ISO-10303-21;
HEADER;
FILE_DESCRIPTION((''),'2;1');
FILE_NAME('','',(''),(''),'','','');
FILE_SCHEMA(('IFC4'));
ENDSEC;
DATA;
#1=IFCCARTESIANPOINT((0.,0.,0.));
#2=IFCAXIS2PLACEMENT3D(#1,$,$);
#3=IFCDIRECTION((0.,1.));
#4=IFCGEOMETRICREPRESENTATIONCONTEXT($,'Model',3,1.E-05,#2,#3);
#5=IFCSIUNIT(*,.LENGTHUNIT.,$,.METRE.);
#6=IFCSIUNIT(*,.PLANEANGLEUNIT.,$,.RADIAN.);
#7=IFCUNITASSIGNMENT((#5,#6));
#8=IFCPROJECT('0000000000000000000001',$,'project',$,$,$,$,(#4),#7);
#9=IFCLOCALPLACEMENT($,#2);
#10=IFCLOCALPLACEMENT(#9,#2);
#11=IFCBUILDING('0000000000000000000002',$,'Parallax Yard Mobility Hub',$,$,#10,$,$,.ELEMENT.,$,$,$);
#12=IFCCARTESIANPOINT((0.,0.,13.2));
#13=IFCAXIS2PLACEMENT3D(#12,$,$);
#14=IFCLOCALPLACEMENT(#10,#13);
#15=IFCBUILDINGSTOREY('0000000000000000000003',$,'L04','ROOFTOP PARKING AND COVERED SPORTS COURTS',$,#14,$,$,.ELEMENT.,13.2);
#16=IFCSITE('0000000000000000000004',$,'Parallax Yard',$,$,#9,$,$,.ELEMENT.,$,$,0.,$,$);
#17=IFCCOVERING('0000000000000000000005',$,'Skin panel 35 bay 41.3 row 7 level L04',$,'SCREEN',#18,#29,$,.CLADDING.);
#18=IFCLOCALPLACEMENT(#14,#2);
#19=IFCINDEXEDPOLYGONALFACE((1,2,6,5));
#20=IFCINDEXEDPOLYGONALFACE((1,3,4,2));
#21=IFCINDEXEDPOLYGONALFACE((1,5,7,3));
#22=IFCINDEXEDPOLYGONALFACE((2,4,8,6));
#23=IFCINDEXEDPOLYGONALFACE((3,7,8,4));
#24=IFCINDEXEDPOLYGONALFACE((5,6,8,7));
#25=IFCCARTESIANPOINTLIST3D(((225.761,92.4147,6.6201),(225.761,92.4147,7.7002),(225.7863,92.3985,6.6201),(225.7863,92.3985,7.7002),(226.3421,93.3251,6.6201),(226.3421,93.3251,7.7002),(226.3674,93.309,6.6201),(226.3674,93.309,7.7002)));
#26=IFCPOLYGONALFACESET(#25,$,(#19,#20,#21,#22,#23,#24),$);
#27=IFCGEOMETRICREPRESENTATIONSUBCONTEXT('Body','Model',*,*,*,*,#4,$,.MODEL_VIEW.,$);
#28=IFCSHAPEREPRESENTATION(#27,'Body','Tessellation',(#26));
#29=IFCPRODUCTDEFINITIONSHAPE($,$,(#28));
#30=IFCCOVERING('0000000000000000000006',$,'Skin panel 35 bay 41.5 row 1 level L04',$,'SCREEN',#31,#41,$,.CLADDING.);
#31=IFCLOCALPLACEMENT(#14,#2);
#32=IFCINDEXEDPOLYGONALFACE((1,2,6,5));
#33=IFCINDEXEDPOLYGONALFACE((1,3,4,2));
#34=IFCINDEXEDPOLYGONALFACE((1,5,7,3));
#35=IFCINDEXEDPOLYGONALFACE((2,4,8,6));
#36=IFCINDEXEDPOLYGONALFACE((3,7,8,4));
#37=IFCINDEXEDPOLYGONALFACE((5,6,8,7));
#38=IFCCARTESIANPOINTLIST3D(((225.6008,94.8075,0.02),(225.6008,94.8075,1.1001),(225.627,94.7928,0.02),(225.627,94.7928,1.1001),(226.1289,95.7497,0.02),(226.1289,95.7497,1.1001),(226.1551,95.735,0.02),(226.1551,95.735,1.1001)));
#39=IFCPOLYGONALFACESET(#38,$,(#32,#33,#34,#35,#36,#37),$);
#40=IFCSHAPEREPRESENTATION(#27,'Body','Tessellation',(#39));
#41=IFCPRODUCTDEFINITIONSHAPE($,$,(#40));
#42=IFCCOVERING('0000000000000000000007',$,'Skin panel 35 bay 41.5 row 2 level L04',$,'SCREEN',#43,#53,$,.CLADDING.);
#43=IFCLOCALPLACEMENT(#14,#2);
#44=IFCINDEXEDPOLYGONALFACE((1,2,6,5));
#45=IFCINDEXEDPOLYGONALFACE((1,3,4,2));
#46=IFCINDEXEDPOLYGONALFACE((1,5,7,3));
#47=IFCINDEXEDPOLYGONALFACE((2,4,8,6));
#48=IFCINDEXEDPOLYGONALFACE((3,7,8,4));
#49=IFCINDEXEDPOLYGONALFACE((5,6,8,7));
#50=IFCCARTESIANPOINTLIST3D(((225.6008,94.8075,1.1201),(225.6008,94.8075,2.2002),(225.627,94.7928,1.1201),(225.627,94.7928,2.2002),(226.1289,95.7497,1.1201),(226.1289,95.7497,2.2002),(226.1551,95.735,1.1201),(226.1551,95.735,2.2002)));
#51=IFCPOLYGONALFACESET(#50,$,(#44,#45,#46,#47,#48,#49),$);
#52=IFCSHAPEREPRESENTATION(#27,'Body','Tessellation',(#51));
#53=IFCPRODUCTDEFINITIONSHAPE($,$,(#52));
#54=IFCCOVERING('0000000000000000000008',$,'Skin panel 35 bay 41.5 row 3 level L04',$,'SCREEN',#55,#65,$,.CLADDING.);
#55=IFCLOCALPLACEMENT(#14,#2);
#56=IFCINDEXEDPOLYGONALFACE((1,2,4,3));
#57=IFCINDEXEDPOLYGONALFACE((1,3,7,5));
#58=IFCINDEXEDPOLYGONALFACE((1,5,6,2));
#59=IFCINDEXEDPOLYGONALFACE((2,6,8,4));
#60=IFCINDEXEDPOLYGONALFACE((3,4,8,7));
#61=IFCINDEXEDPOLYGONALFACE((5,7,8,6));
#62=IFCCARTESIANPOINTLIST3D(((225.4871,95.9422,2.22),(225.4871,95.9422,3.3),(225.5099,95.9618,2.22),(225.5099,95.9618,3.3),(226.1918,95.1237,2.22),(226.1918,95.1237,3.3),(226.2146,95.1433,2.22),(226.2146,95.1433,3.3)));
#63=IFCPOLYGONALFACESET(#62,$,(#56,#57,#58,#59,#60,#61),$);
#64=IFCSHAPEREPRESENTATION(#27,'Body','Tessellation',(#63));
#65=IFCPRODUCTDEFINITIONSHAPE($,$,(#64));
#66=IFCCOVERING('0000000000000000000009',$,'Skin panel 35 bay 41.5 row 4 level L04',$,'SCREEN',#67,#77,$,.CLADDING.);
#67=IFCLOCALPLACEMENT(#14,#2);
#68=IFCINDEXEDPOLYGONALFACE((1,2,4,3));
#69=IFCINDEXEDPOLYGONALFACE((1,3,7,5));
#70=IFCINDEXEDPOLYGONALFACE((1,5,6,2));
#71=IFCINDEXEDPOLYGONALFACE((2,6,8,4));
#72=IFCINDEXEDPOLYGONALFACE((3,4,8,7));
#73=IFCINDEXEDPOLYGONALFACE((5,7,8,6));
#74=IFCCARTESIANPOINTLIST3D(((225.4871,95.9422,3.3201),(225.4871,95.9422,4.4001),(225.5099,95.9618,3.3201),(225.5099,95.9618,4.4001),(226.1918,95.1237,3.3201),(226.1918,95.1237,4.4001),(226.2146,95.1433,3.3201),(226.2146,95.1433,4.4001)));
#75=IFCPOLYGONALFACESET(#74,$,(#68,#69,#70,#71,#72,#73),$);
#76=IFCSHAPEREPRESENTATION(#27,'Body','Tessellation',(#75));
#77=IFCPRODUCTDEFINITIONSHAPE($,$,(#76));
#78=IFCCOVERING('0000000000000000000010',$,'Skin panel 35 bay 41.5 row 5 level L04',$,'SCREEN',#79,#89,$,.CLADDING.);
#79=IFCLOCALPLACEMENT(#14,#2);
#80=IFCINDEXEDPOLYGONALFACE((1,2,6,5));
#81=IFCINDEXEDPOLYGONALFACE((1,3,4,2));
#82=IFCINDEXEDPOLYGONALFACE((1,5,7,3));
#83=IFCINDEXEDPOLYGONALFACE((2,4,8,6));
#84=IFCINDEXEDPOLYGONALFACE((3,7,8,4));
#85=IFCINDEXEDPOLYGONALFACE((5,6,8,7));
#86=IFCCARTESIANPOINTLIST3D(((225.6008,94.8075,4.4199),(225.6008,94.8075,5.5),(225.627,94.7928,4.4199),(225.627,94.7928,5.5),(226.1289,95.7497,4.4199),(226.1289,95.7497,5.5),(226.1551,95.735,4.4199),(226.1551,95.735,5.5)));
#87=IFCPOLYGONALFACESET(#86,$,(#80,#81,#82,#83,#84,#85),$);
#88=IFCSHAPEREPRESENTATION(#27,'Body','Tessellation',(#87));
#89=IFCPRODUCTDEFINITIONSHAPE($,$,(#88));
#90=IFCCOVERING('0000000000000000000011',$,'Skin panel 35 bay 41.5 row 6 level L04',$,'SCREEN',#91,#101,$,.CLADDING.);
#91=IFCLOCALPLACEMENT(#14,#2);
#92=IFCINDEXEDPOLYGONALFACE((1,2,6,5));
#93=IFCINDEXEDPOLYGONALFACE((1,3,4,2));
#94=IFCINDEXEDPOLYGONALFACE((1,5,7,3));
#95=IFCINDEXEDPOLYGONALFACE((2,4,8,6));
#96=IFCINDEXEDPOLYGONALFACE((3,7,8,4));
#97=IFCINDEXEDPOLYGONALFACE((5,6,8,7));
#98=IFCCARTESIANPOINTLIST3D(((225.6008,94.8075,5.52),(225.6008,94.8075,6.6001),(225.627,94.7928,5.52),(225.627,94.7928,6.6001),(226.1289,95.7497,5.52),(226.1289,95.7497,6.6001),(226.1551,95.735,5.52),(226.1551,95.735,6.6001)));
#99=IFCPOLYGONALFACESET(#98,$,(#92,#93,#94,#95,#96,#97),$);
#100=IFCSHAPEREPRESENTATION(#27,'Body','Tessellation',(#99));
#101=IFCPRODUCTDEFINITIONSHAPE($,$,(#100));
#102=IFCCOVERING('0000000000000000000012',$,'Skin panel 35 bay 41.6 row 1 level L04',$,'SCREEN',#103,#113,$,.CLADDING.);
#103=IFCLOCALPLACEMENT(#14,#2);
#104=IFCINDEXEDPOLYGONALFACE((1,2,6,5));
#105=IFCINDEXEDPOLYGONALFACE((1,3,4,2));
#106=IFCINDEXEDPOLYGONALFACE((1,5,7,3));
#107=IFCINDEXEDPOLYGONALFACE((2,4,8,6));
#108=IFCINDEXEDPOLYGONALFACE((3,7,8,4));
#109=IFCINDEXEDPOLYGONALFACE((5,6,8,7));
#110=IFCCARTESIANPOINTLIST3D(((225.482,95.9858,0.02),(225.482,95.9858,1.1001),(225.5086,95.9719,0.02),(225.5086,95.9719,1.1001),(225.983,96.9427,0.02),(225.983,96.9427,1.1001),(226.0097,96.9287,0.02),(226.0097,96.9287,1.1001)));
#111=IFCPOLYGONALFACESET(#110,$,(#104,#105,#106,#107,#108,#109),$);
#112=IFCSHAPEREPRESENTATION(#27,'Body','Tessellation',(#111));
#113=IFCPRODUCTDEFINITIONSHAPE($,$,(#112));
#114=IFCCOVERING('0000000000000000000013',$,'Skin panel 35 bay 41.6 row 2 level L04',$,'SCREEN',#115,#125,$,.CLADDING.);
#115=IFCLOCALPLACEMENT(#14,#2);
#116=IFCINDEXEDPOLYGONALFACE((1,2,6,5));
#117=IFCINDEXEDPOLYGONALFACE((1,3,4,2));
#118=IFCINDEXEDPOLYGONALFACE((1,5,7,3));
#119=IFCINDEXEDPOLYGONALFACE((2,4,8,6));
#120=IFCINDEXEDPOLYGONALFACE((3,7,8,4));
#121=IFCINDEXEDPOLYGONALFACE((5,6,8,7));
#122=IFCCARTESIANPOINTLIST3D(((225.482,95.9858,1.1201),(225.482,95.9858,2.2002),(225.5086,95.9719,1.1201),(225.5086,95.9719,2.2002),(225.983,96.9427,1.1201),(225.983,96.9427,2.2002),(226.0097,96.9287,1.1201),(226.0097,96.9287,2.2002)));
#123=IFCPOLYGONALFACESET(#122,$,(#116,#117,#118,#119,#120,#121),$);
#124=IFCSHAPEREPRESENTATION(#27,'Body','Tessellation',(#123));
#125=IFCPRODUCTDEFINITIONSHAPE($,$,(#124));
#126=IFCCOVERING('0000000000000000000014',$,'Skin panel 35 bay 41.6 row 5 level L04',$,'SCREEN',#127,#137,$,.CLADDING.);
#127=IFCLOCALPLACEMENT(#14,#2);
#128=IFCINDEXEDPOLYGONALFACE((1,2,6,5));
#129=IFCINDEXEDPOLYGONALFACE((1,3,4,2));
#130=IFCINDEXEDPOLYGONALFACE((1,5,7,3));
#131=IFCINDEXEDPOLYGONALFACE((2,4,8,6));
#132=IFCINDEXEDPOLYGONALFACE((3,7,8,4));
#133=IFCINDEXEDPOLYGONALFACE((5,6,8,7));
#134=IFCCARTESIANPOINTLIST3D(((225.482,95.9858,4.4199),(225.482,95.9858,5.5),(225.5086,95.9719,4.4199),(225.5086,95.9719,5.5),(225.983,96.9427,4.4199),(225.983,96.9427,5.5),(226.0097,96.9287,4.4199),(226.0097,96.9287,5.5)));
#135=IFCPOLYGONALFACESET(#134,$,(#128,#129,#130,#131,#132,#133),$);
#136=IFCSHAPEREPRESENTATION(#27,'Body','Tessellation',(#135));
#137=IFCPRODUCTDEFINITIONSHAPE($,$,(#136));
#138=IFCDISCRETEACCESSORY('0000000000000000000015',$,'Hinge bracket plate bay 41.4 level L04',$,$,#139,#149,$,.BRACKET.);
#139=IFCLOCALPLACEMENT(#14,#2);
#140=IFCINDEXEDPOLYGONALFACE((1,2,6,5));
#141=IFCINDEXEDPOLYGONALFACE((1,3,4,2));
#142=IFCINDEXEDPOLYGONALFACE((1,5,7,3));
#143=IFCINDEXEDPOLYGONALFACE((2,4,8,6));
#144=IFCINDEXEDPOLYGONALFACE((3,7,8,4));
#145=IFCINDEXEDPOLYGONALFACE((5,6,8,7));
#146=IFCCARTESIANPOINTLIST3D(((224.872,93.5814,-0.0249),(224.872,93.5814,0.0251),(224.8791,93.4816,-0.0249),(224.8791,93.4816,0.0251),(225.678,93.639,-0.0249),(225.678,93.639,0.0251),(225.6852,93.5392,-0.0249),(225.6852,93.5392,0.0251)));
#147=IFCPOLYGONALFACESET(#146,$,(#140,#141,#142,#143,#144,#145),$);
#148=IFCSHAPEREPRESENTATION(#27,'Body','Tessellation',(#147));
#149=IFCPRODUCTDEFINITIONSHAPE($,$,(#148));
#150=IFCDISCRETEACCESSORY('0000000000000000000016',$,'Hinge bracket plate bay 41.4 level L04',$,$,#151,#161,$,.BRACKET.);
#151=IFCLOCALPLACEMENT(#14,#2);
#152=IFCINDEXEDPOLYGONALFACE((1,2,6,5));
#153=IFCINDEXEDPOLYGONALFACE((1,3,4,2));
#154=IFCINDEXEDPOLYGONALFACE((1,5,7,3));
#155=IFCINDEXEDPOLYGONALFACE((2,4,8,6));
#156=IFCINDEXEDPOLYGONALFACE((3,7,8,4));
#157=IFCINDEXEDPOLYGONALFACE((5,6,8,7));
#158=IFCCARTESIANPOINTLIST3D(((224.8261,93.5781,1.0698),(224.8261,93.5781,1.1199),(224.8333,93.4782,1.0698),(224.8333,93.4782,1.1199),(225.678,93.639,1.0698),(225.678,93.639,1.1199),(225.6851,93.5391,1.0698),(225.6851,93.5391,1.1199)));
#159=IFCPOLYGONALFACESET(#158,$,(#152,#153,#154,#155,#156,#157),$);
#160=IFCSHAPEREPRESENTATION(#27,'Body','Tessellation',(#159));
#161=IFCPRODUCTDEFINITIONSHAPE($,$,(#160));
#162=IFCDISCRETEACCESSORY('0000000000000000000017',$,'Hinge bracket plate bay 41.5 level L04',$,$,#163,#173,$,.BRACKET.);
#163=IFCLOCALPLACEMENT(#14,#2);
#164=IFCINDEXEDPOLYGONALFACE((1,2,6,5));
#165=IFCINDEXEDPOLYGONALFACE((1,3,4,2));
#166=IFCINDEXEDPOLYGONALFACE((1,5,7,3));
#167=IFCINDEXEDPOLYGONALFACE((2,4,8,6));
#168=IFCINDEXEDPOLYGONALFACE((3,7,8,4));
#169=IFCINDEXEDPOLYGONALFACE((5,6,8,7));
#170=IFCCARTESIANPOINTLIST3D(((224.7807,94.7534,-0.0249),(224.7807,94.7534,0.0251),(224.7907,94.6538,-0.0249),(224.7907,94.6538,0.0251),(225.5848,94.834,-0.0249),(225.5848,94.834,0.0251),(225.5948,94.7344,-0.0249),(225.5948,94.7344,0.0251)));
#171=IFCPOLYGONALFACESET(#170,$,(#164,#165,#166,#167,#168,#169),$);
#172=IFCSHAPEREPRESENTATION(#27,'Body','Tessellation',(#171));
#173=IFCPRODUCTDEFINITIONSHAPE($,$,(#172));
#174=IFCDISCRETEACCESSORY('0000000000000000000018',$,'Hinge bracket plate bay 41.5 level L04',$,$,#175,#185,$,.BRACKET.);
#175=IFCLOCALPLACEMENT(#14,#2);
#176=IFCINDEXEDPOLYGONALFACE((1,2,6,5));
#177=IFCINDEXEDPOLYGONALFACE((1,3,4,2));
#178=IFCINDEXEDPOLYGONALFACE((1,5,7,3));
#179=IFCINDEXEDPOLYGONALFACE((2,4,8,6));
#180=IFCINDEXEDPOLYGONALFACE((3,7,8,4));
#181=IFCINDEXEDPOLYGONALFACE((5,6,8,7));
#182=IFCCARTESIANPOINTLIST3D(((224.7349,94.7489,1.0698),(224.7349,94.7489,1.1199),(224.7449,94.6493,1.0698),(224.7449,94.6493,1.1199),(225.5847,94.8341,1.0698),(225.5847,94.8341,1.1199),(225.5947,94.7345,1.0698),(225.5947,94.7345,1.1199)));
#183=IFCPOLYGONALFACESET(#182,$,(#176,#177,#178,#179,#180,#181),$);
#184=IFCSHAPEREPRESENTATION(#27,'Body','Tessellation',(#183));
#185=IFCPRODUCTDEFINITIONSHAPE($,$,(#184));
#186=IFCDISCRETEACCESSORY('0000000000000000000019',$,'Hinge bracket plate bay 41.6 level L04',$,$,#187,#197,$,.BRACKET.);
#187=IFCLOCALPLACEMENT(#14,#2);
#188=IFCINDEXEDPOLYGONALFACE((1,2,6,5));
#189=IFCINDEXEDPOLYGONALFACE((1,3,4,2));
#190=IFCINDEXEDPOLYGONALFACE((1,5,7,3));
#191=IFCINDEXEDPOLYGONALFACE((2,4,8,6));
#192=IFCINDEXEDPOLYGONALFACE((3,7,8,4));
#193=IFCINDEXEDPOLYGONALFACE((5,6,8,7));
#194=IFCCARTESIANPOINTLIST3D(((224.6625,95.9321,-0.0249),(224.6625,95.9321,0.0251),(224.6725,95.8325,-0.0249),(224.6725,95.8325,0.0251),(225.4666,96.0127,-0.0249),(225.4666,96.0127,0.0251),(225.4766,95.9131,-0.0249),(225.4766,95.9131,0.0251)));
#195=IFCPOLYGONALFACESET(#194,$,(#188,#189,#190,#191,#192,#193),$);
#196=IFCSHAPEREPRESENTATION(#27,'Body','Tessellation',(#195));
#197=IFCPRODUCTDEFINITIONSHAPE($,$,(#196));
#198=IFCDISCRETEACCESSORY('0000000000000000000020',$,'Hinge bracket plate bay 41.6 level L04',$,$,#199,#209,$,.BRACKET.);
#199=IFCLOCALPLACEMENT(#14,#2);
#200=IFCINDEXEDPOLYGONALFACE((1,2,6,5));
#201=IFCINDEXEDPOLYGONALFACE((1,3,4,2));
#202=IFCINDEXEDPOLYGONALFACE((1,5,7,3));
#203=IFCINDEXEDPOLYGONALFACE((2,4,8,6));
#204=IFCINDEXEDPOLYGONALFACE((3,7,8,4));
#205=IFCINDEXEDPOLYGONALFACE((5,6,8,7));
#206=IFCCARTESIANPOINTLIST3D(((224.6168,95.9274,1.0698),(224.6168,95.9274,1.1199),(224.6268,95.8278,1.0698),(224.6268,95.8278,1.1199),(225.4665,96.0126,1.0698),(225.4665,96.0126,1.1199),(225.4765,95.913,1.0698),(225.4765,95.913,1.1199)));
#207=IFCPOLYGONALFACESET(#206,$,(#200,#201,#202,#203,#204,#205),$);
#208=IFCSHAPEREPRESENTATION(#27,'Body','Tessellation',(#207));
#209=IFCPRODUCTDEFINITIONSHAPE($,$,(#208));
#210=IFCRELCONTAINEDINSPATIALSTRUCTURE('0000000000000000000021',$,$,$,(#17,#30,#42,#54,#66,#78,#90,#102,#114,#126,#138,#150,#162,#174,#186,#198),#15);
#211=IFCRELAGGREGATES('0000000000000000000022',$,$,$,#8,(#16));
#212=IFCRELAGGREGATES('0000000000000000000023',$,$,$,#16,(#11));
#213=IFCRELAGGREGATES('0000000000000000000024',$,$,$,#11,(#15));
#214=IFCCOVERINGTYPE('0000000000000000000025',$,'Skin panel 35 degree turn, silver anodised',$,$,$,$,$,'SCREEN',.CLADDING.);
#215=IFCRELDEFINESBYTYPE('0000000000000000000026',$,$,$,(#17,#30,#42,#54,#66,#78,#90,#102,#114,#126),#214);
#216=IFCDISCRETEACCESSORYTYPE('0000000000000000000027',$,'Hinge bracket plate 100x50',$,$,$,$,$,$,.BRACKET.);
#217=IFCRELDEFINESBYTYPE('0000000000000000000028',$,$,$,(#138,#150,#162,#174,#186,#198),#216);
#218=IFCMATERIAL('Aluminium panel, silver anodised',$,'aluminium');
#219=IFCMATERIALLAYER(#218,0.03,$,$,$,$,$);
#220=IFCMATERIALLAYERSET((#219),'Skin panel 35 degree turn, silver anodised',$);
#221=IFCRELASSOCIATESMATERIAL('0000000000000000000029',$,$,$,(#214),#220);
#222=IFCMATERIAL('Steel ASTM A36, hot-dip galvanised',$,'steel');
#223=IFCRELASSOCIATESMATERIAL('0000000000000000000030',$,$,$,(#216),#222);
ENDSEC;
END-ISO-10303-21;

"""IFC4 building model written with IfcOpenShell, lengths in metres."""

from ifc_helpers import new_model, si_unit, direction, frame, origin, origin_2d, place, context, subcontext, project, spatial, rectangle, extrude, material, layer, layer_set, type_object, element, save


model = new_model("IFC4")

# Units and contexts
model_context = context("Model", 3, precision=1e-05, world=origin(), true_north=direction((0.0, 1.0)))
body_context = subcontext(model_context, "Body", "Model", "MODEL_VIEW")
ifc_project = project(units=[si_unit("LENGTHUNIT", "METRE"), si_unit("PLANEANGLEUNIT", "RADIAN")], contexts=[model_context])

# Site, building, storey
site_placement = place(None, origin())
site = spatial("IfcSite", under=ifc_project, at=site_placement, Name="Parallax Yard", CompositionType="ELEMENT", RefElevation=0.0)
building_placement = place(site_placement, origin())
building = spatial("IfcBuilding", under=site, at=building_placement, Name="Parallax Yard Mobility Hub", CompositionType="ELEMENT")
storey_placement = place(building_placement, frame((0.0, 0.0, 13.2)))
storey = spatial("IfcBuildingStorey", under=building, at=storey_placement, Name="L04", Description="ROOFTOP PARKING AND COVERED SPORTS COURTS", CompositionType="ELEMENT", Elevation=13.2)

# Coverings
ifc_material_1 = material(Name="Aluminium panel, silver anodised", Category="aluminium")
ifc_layer_1 = layer(ifc_material_1, 0.03)
ifc_layer_set_1 = layer_set([ifc_layer_1], Name="Skin panel 35 degree turn, silver anodised")
covering_type_1 = type_object("IfcCoveringType", Name="Skin panel 35 degree turn, silver anodised", ElementType="SCREEN", PredefinedType="CLADDING", material=ifc_layer_set_1)
for number, where, z_axis, x_axis, name in (
    (1, (226.0642, 92.8618, 6.6201), (0.0, 0.0, 1.0), (0.537969, 0.842964, 0.0), "Skin panel 35 bay 41.3 row 7 level L04"),
    (2, (225.8779, 95.2712, 0.02), (0.0, 0.0, 1.0), (0.488967, 0.872302, 0.0), "Skin panel 35 bay 41.5 row 1 level L04"),
    (3, (225.8779, 95.2712, 1.1201), (0.0, 0.0, 1.0), (0.488967, 0.872302, 0.0), "Skin panel 35 bay 41.5 row 2 level L04"),
    (4, (225.8508, 95.5427, 2.22), (0.0, 0.0, 1.0), (0.65246, -0.757824, 0.0), "Skin panel 35 bay 41.5 row 3 level L04"),
    (5, (225.8508, 95.5427, 3.3201), (0.0, 0.0, 1.0), (0.65246, -0.757824, 0.0), "Skin panel 35 bay 41.5 row 4 level L04"),
    (6, (225.8779, 95.2712, 4.4199), (0.0, 0.0, 1.0), (0.488967, 0.872302, 0.0), "Skin panel 35 bay 41.5 row 5 level L04"),
    (7, (225.8779, 95.2712, 5.52), (0.0, 0.0, 1.0), (0.488967, 0.872302, 0.0), "Skin panel 35 bay 41.5 row 6 level L04"),
    (8, (225.7458, 96.4573, 0.02), (0.0, 0.0, 1.0), (0.463859, 0.885909, 0.0), "Skin panel 35 bay 41.6 row 1 level L04"),
    (9, (225.7458, 96.4573, 1.1201), (0.0, 0.0, 1.0), (0.463859, 0.885909, 0.0), "Skin panel 35 bay 41.6 row 2 level L04"),
    (10, (225.7458, 96.4573, 4.4199), (0.0, 0.0, 1.0), (0.463859, 0.885909, 0.0), "Skin panel 35 bay 41.6 row 5 level L04"),
):
    element("IfcCovering", number, at=place(storey_placement, frame(where, z_axis=z_axis, x_axis=x_axis)), inside=storey, type_object=covering_type_1, Name=name, ObjectType="SCREEN", PredefinedType="CLADDING", context=body_context, shape_type="SweptSolid", body=[
        extrude(rectangle(XDim=1.0801, YDim=0.03, at=origin_2d()), origin(), (0.0, 0.0, 1.0), 1.0801),
    ])

# Discrete accessories
ifc_material_2 = material(Name="Steel ASTM A36, hot-dip galvanised", Category="steel")
discrete_accessory_type_1 = type_object("IfcDiscreteAccessoryType", Name="Hinge bracket plate 100x50", PredefinedType="BRACKET", material=ifc_material_2)
discrete_accessory_1_placement = place(storey_placement, frame((225.2786, 93.5603, -0.0249), z_axis=(0.0, 0.0, 1.0), x_axis=(0.997452, 0.071339, 0.0)))
element("IfcDiscreteAccessory", 11, at=discrete_accessory_1_placement, inside=storey, type_object=discrete_accessory_type_1, Name="Hinge bracket plate bay 41.4 level L04", PredefinedType="BRACKET", context=body_context, shape_type="SweptSolid", body=[
    extrude(rectangle(XDim=0.8081, YDim=0.1001, at=origin_2d()), origin(), (0.0, 0.0, 1.0), 0.05),
])
discrete_accessory_2_placement = place(storey_placement, frame((225.2556, 93.5586, 1.0698), z_axis=(0.0, 0.0, 1.0), x_axis=(0.997452, 0.071339, 0.0)))
element("IfcDiscreteAccessory", 12, at=discrete_accessory_2_placement, inside=storey, type_object=discrete_accessory_type_1, Name="Hinge bracket plate bay 41.4 level L04", PredefinedType="BRACKET", context=body_context, shape_type="SweptSolid", body=[
    extrude(rectangle(XDim=0.854, YDim=0.1001, at=origin_2d()), origin(), (0.0, 0.0, 1.0), 0.05),
])
discrete_accessory_3_placement = place(storey_placement, frame((225.1877, 94.7439, -0.0249), z_axis=(0.0, 0.0, 1.0), x_axis=(0.995008, 0.099794, 0.0)))
element("IfcDiscreteAccessory", 13, at=discrete_accessory_3_placement, inside=storey, type_object=discrete_accessory_type_1, Name="Hinge bracket plate bay 41.5 level L04", PredefinedType="BRACKET", context=body_context, shape_type="SweptSolid", body=[
    extrude(rectangle(XDim=0.8081, YDim=0.1001, at=origin_2d()), origin(), (0.0, 0.0, 1.0), 0.05),
])
discrete_accessory_4_placement = place(storey_placement, frame((225.1648, 94.7417, 1.0698), z_axis=(0.0, 0.0, 1.0), x_axis=(0.995008, 0.099794, 0.0)))
element("IfcDiscreteAccessory", 14, at=discrete_accessory_4_placement, inside=storey, type_object=discrete_accessory_type_1, Name="Hinge bracket plate bay 41.5 level L04", PredefinedType="BRACKET", context=body_context, shape_type="SweptSolid", body=[
    extrude(rectangle(XDim=0.854, YDim=0.1001, at=origin_2d()), origin(), (0.0, 0.0, 1.0), 0.05),
])
discrete_accessory_5_placement = place(storey_placement, frame((225.0696, 95.9226, -0.0249), z_axis=(0.0, 0.0, 1.0), x_axis=(0.995008, 0.099794, 0.0)))
element("IfcDiscreteAccessory", 15, at=discrete_accessory_5_placement, inside=storey, type_object=discrete_accessory_type_1, Name="Hinge bracket plate bay 41.6 level L04", PredefinedType="BRACKET", context=body_context, shape_type="SweptSolid", body=[
    extrude(rectangle(XDim=0.8081, YDim=0.1001, at=origin_2d()), origin(), (0.0, 0.0, 1.0), 0.05),
])
discrete_accessory_6_placement = place(storey_placement, frame((225.0466, 95.9202, 1.0698), z_axis=(0.0, 0.0, 1.0), x_axis=(0.995008, 0.099794, 0.0)))
element("IfcDiscreteAccessory", 16, at=discrete_accessory_6_placement, inside=storey, type_object=discrete_accessory_type_1, Name="Hinge bracket plate bay 41.6 level L04", PredefinedType="BRACKET", context=body_context, shape_type="SweptSolid", body=[
    extrude(rectangle(XDim=0.854, YDim=0.1001, at=origin_2d()), origin(), (0.0, 0.0, 1.0), 0.05),
])

save(model, "model.ifc")
